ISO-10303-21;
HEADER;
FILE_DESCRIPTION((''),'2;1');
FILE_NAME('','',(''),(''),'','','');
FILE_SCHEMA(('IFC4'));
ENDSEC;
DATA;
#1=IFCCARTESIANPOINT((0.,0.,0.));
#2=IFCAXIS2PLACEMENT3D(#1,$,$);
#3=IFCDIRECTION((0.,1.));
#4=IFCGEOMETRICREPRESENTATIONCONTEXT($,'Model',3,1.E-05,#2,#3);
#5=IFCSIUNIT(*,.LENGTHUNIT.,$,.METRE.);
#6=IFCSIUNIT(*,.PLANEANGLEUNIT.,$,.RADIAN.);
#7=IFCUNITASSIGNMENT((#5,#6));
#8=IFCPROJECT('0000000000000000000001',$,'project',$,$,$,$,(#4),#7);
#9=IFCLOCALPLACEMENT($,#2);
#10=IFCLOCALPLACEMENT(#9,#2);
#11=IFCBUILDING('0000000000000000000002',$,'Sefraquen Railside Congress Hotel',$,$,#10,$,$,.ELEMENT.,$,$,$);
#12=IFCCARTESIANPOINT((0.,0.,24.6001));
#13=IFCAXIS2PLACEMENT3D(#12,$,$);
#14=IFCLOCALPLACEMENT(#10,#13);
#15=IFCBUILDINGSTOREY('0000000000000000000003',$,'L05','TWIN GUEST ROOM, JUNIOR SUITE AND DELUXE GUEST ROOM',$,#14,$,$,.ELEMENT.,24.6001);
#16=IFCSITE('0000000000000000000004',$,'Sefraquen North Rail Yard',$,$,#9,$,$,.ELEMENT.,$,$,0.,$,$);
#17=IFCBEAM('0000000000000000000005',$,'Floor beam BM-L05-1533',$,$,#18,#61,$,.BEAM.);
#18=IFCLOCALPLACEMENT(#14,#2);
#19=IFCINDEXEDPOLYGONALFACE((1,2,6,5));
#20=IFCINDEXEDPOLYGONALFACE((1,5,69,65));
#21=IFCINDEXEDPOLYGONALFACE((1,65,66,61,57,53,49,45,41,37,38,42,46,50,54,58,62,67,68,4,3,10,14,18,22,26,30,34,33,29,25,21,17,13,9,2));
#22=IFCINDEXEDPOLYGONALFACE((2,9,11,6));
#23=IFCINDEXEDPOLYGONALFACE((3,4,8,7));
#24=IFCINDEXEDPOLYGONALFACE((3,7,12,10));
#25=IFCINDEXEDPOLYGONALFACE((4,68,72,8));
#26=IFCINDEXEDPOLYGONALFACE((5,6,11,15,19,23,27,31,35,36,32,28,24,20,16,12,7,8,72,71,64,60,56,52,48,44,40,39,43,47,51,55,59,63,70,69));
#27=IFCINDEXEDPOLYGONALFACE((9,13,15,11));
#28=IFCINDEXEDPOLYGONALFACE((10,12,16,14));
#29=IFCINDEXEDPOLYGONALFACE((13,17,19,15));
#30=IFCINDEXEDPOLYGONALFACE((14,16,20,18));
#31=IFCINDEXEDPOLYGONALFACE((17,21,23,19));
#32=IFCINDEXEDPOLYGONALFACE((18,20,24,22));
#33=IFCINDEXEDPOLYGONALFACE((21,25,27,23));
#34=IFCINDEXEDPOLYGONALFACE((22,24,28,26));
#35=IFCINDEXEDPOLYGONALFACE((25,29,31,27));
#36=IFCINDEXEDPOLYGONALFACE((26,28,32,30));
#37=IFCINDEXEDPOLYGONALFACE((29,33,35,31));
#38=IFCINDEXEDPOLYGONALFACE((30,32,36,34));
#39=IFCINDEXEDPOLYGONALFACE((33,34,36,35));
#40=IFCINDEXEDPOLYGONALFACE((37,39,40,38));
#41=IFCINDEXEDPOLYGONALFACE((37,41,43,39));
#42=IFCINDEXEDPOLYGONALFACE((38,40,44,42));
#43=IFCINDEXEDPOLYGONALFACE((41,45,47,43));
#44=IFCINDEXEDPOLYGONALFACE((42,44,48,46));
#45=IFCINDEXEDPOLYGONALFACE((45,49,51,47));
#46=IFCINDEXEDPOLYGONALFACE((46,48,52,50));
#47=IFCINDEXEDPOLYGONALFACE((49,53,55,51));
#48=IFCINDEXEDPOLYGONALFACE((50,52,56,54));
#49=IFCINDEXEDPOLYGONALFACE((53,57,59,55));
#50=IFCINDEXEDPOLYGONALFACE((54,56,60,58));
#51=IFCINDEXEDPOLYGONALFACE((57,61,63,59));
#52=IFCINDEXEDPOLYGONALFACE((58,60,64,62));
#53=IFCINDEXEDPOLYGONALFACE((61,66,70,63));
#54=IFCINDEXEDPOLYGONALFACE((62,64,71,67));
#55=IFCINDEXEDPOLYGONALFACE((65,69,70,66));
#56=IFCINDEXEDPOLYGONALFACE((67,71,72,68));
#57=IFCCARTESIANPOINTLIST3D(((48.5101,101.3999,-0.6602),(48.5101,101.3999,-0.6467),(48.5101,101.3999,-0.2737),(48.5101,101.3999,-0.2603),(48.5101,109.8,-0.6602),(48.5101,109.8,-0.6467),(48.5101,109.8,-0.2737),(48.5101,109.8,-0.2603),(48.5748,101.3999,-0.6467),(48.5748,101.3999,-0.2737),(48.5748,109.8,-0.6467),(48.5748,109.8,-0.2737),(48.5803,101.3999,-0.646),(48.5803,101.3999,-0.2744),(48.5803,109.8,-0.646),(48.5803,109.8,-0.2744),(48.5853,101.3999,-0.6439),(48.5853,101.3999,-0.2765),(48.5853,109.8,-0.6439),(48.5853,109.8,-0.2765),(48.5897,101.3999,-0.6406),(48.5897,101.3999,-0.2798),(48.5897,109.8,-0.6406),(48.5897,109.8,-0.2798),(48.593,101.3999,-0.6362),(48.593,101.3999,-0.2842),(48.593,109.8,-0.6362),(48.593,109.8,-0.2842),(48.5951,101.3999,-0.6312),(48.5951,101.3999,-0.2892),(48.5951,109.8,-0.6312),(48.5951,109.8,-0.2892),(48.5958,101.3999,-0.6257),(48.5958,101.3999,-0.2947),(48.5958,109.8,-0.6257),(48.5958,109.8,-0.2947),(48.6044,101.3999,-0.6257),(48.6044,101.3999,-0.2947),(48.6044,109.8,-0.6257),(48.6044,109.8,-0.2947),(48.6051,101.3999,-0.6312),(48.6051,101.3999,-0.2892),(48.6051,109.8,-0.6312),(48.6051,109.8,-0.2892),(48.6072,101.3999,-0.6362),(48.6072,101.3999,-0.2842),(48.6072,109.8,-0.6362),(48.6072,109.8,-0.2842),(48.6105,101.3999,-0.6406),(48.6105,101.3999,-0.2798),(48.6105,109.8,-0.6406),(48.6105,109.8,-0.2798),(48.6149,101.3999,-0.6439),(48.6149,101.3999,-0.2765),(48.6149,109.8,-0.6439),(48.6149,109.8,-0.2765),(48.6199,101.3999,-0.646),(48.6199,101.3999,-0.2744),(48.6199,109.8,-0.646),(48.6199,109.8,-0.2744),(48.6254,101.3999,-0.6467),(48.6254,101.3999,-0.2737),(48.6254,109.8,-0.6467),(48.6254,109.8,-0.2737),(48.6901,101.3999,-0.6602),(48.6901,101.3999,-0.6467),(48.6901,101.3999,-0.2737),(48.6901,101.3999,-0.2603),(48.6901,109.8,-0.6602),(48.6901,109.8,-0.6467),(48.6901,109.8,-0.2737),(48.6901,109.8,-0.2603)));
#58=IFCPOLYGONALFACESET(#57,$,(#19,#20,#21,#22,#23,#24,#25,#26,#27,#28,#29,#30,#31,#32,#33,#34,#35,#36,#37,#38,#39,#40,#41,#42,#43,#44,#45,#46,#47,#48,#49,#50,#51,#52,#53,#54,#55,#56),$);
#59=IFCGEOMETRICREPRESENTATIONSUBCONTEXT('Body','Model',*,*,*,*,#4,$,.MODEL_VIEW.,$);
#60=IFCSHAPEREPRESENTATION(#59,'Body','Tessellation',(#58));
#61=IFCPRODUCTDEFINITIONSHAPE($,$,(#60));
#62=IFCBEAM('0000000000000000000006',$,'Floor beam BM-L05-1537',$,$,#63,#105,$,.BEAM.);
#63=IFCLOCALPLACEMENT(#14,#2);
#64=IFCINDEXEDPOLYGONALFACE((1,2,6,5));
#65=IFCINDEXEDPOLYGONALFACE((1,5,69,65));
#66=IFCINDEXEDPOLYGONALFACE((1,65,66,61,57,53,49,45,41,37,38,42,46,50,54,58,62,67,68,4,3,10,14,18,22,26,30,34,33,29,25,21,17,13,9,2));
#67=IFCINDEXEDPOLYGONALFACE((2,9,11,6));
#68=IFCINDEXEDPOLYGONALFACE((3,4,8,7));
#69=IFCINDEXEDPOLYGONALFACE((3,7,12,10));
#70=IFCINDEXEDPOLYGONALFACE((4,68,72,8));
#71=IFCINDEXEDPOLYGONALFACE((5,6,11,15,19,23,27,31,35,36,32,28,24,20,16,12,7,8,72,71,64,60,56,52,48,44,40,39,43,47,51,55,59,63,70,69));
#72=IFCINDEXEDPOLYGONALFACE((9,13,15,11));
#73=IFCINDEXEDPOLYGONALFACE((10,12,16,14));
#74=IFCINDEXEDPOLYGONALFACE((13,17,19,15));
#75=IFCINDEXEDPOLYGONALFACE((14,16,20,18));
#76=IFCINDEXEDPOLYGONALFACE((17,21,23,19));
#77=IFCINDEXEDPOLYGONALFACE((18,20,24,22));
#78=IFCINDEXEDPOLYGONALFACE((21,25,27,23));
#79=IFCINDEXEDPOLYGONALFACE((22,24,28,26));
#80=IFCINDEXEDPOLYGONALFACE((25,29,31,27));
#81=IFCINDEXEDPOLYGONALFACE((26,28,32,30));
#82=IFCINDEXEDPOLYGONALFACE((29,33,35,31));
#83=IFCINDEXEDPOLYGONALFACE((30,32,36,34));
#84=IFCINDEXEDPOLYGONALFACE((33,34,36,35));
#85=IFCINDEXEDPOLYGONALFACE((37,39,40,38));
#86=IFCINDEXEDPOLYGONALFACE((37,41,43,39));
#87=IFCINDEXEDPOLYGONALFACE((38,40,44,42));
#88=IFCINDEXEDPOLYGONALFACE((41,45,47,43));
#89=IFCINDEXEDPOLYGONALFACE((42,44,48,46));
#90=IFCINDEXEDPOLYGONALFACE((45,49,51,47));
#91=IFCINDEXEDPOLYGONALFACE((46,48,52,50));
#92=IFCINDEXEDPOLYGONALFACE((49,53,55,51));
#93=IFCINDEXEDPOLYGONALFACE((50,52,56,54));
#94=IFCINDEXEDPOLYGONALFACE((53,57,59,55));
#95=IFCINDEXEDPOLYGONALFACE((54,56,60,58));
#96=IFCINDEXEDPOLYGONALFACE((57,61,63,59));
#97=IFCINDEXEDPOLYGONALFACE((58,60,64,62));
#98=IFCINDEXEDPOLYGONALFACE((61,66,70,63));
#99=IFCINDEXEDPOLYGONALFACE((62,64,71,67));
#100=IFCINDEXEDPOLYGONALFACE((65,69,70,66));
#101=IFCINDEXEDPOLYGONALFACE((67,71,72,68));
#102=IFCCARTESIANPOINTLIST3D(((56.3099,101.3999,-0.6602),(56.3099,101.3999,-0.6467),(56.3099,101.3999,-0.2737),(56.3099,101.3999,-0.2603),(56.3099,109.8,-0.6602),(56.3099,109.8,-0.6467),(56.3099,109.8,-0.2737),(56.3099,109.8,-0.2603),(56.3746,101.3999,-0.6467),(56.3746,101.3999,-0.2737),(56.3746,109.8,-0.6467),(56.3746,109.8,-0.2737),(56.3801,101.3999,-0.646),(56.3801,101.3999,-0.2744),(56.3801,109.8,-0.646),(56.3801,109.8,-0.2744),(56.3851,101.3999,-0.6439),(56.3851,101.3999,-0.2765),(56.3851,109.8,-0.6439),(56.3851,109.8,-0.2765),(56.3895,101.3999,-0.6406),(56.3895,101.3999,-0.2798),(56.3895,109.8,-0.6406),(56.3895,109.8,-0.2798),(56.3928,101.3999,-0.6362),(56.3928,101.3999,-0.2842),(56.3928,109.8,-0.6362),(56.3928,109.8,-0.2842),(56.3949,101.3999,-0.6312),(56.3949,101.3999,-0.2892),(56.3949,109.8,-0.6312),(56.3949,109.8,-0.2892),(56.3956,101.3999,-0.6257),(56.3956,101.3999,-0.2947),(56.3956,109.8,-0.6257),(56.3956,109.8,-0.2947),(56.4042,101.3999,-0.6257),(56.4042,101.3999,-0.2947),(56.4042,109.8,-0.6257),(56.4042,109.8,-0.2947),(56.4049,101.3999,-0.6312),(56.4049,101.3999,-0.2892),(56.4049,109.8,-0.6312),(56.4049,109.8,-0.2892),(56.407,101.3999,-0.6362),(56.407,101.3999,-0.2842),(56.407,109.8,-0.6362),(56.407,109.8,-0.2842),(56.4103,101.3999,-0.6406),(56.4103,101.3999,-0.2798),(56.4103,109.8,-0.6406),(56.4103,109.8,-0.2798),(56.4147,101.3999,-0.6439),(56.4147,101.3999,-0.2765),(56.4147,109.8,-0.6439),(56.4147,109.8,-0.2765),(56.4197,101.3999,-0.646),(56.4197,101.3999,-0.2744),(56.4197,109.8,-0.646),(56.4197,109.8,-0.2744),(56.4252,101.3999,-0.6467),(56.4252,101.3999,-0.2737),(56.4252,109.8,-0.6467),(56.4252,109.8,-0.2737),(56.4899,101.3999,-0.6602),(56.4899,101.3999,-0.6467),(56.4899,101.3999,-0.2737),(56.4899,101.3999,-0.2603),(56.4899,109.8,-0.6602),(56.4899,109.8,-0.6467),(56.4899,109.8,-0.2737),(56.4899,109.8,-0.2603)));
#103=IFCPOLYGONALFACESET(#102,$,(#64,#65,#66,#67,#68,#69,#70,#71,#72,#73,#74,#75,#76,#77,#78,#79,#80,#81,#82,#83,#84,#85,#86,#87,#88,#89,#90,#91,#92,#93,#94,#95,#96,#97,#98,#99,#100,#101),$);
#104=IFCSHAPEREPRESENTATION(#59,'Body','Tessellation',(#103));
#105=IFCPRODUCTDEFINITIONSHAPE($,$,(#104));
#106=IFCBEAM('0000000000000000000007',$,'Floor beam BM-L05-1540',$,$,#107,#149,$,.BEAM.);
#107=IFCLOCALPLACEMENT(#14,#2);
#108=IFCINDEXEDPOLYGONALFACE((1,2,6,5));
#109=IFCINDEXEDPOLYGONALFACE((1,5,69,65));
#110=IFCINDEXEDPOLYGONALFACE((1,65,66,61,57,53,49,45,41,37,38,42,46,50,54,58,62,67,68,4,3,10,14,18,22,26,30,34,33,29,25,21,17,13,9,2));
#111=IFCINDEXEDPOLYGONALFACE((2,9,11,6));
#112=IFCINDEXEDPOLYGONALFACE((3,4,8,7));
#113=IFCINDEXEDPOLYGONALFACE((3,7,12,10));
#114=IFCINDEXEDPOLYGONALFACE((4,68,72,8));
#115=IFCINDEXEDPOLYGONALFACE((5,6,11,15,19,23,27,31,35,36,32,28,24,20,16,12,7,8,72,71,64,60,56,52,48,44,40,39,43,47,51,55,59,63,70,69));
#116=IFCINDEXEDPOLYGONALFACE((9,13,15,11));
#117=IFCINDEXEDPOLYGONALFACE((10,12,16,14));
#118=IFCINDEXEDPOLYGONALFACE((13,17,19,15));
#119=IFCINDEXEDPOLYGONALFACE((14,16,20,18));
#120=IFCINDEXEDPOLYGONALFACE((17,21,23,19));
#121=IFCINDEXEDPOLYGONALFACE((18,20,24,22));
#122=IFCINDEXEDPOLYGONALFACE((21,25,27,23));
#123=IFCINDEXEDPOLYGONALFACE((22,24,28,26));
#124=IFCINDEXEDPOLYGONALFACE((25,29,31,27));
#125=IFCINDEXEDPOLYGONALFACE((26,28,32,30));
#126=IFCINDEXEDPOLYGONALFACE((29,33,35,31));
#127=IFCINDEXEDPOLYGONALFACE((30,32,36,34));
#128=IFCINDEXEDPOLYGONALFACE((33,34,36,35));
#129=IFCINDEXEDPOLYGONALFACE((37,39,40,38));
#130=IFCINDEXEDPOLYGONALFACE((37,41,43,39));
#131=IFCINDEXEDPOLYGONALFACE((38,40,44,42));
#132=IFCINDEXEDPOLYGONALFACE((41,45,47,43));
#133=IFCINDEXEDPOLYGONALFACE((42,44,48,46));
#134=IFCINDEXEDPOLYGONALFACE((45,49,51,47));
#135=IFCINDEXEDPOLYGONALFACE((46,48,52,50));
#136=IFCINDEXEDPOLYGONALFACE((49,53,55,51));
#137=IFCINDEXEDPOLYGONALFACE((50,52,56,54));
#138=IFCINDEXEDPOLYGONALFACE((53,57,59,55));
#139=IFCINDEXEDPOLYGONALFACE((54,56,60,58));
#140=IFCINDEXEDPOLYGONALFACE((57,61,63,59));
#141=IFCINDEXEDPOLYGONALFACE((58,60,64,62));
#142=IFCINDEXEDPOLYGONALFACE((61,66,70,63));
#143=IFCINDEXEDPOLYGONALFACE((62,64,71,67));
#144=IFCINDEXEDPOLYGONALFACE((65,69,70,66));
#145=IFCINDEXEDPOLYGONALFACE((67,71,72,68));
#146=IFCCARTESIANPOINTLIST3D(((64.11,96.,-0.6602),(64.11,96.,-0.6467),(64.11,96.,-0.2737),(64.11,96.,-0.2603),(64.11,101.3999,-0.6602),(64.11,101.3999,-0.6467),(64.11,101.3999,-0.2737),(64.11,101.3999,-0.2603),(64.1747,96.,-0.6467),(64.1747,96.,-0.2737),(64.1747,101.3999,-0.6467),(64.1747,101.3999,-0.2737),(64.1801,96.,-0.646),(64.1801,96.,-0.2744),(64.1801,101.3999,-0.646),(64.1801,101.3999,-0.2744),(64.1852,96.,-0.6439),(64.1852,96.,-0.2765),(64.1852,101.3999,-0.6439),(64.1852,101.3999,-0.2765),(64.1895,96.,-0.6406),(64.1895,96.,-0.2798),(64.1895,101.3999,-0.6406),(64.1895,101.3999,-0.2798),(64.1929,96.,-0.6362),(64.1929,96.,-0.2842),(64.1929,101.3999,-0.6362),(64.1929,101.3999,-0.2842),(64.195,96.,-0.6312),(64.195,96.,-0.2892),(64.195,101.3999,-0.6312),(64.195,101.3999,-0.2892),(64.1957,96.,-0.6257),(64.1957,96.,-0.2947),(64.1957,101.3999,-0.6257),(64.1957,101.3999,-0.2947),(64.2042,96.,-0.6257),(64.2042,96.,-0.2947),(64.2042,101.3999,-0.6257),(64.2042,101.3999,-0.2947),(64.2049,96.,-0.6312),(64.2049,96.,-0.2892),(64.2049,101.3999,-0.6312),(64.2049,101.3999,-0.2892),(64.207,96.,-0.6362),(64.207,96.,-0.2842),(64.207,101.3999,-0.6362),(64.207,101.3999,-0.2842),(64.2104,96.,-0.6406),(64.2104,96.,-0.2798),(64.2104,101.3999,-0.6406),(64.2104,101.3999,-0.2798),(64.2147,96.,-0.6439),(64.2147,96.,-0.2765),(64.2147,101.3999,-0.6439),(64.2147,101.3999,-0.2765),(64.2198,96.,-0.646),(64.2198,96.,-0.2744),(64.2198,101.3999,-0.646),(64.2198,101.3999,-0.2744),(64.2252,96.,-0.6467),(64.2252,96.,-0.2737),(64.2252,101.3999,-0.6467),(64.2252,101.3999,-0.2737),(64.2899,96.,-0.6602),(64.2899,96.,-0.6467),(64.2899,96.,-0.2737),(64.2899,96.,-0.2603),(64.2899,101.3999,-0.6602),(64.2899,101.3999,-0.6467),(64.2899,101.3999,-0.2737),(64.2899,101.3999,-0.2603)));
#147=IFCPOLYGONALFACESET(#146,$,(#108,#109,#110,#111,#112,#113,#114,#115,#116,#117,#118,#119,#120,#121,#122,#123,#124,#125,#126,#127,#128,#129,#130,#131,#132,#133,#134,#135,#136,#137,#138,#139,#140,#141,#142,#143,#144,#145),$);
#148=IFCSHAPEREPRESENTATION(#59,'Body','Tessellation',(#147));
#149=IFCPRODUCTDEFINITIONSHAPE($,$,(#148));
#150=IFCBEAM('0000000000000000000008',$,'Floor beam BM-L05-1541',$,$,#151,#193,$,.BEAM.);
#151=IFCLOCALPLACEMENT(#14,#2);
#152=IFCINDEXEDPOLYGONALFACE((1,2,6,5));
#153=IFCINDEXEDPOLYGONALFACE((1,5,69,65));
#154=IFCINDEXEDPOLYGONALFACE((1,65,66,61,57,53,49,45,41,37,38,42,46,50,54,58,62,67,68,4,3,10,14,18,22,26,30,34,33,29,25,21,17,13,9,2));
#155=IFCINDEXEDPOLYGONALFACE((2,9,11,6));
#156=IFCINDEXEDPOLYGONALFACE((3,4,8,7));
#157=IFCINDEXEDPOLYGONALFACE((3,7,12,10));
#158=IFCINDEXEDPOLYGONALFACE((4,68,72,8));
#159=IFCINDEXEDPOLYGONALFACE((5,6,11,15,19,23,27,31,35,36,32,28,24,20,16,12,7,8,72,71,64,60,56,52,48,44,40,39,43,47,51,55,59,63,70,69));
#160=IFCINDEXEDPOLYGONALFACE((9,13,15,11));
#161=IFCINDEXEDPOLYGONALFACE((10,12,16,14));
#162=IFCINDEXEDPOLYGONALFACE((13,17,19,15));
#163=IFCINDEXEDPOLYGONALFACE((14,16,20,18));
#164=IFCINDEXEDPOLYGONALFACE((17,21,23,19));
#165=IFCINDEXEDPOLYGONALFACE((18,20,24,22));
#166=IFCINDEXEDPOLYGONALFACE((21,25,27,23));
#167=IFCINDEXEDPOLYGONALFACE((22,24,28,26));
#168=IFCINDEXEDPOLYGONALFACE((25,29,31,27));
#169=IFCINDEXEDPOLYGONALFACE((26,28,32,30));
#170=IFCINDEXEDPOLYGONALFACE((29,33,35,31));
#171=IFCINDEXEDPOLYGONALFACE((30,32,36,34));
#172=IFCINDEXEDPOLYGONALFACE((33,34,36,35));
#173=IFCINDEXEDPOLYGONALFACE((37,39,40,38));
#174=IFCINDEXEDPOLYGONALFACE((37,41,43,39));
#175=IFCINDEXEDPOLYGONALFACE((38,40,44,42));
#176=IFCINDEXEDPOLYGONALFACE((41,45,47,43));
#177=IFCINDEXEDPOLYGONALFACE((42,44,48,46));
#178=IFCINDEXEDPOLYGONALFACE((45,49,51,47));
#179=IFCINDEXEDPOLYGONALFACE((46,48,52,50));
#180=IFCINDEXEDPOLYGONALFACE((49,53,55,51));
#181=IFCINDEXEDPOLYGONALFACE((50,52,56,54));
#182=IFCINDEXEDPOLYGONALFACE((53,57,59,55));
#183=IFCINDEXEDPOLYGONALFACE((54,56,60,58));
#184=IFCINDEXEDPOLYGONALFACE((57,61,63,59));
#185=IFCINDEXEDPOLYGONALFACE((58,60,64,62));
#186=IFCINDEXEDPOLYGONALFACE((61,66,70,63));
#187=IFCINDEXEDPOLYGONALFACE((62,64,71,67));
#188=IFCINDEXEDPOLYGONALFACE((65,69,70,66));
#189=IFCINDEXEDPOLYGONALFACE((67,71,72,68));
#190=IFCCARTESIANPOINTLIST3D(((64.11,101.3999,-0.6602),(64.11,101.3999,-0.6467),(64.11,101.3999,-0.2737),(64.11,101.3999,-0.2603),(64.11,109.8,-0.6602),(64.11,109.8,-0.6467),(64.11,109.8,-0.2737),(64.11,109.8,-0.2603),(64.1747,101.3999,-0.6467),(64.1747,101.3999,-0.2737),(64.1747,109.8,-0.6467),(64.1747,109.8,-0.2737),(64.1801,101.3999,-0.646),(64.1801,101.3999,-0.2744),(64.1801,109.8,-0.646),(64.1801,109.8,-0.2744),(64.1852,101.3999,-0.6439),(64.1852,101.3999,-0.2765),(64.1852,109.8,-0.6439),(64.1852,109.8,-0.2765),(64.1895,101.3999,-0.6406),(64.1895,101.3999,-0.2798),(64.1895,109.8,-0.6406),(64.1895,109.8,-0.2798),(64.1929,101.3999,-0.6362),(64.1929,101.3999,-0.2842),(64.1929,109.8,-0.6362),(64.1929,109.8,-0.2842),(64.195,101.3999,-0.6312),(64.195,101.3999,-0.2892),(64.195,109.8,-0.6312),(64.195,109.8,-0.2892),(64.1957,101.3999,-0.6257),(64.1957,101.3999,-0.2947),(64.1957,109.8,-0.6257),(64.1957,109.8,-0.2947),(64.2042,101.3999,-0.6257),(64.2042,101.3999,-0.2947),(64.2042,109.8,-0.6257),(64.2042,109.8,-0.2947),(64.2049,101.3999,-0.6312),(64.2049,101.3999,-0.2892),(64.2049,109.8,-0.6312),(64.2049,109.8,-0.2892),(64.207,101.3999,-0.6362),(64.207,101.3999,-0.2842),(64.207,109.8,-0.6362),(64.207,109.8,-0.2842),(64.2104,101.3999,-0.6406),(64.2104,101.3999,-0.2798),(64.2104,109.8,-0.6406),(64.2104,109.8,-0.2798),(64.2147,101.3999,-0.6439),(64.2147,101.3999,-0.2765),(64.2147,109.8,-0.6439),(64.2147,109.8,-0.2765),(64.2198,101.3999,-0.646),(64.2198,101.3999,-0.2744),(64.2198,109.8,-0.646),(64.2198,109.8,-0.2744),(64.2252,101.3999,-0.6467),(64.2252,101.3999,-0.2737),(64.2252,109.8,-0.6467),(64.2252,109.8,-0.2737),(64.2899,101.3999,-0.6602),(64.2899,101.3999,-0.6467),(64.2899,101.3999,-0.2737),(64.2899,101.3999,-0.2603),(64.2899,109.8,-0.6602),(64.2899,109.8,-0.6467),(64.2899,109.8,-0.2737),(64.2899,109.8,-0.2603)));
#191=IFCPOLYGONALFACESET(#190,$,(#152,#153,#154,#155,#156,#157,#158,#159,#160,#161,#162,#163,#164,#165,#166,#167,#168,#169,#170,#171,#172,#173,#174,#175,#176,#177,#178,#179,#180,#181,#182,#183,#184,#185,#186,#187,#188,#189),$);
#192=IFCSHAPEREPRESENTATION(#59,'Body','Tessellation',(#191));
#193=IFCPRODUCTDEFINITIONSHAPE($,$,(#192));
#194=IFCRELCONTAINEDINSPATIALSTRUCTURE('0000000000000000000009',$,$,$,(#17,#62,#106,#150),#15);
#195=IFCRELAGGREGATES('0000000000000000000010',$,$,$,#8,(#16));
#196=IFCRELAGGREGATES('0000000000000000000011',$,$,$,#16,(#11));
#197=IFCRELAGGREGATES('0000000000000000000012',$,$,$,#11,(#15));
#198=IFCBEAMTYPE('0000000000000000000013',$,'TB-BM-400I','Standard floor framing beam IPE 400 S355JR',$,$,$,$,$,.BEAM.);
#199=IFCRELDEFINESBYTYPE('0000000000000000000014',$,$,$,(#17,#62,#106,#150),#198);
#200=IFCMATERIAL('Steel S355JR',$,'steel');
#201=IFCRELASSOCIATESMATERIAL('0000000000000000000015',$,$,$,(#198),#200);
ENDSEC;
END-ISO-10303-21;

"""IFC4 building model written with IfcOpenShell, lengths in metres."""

from ifc_helpers import new_model, si_unit, direction, frame, origin, origin_2d, place, context, subcontext, project, spatial, i_section, extrude, material, material_profile, profile_set, type_object, element, save


model = new_model("IFC4")

# Units and contexts
model_context = context("Model", 3, precision=1e-05, world=origin(), true_north=direction((0.0, 1.0)))
body_context = subcontext(model_context, "Body", "Model", "MODEL_VIEW")
ifc_project = project(units=[si_unit("LENGTHUNIT", "METRE"), si_unit("PLANEANGLEUNIT", "RADIAN")], contexts=[model_context])

# Site, building, storey
site_placement = place(None, origin())
site = spatial("IfcSite", under=ifc_project, at=site_placement, Name="Sefraquen North Rail Yard", CompositionType="ELEMENT", RefElevation=0.0)
building_placement = place(site_placement, origin())
building = spatial("IfcBuilding", under=site, at=building_placement, Name="Sefraquen Railside Congress Hotel", CompositionType="ELEMENT")
storey_placement = place(building_placement, frame((0.0, 0.0, 24.6001)))
storey = spatial("IfcBuildingStorey", under=building, at=storey_placement, Name="L05", Description="TWIN GUEST ROOM, JUNIOR SUITE AND DELUXE GUEST ROOM", CompositionType="ELEMENT", Elevation=24.6001)

# Shared definitions
ifc_material_1 = material(Name="Steel S355JR", Category="steel")

# Beams
ifc_material_profile_1 = material_profile(ifc_material_1, i_section(OverallWidth=0.1799, OverallDepth=0.3999, WebThickness=0.0085, FlangeThickness=0.0134, FilletRadius=0.021, at=origin_2d()), Name="IPE 400")
ifc_profile_set_1 = profile_set([ifc_material_profile_1], Name="Steel S355JR")
beam_type_1 = type_object("IfcBeamType", Name="TB-BM-400I", Description="Standard floor framing beam IPE 400 S355JR", PredefinedType="BEAM", material=ifc_profile_set_1)
for number, where, z_axis, x_axis, name in (
    (1, (48.6001, 101.3999, -0.4602), (0.0, 1.0, 0.0), (-1.0, 0.0, 0.0), "Floor beam BM-L05-1533"),
    (2, (56.3999, 101.3999, -0.4602), (0.0, 1.0, 0.0), (-1.0, 0.0, 0.0), "Floor beam BM-L05-1537"),
):
    element("IfcBeam", number, at=place(storey_placement, frame(where, z_axis=z_axis, x_axis=x_axis)), inside=storey, type_object=beam_type_1, Name=name, PredefinedType="BEAM", context=body_context, shape_type="SweptSolid", body=[
        extrude(i_section(OverallWidth=0.1799, OverallDepth=0.3999, WebThickness=0.0085, FlangeThickness=0.0134, FilletRadius=0.021, at=origin_2d()), origin(), (0.0, 0.0, 1.0), 8.4001),
    ])
beam_1_placement = place(storey_placement, frame((64.2, 96.0, -0.4602), z_axis=(0.0, 1.0, 0.0), x_axis=(-1.0, 0.0, 0.0)))
element("IfcBeam", 3, at=beam_1_placement, inside=storey, type_object=beam_type_1, Name="Floor beam BM-L05-1540", PredefinedType="BEAM", context=body_context, shape_type="SweptSolid", body=[
    extrude(i_section(OverallWidth=0.1799, OverallDepth=0.3999, WebThickness=0.0085, FlangeThickness=0.0134, FilletRadius=0.021, at=origin_2d()), origin(), (0.0, 0.0, 1.0), 5.3999),
])
beam_2_placement = place(storey_placement, frame((64.2, 101.3999, -0.4602), z_axis=(0.0, 1.0, 0.0), x_axis=(-1.0, 0.0, 0.0)))
element("IfcBeam", 4, at=beam_2_placement, inside=storey, type_object=beam_type_1, Name="Floor beam BM-L05-1541", PredefinedType="BEAM", context=body_context, shape_type="SweptSolid", body=[
    extrude(i_section(OverallWidth=0.1799, OverallDepth=0.3999, WebThickness=0.0085, FlangeThickness=0.0134, FilletRadius=0.021, at=origin_2d()), origin(), (0.0, 0.0, 1.0), 8.4001),
])

save(model, "model.ifc")
